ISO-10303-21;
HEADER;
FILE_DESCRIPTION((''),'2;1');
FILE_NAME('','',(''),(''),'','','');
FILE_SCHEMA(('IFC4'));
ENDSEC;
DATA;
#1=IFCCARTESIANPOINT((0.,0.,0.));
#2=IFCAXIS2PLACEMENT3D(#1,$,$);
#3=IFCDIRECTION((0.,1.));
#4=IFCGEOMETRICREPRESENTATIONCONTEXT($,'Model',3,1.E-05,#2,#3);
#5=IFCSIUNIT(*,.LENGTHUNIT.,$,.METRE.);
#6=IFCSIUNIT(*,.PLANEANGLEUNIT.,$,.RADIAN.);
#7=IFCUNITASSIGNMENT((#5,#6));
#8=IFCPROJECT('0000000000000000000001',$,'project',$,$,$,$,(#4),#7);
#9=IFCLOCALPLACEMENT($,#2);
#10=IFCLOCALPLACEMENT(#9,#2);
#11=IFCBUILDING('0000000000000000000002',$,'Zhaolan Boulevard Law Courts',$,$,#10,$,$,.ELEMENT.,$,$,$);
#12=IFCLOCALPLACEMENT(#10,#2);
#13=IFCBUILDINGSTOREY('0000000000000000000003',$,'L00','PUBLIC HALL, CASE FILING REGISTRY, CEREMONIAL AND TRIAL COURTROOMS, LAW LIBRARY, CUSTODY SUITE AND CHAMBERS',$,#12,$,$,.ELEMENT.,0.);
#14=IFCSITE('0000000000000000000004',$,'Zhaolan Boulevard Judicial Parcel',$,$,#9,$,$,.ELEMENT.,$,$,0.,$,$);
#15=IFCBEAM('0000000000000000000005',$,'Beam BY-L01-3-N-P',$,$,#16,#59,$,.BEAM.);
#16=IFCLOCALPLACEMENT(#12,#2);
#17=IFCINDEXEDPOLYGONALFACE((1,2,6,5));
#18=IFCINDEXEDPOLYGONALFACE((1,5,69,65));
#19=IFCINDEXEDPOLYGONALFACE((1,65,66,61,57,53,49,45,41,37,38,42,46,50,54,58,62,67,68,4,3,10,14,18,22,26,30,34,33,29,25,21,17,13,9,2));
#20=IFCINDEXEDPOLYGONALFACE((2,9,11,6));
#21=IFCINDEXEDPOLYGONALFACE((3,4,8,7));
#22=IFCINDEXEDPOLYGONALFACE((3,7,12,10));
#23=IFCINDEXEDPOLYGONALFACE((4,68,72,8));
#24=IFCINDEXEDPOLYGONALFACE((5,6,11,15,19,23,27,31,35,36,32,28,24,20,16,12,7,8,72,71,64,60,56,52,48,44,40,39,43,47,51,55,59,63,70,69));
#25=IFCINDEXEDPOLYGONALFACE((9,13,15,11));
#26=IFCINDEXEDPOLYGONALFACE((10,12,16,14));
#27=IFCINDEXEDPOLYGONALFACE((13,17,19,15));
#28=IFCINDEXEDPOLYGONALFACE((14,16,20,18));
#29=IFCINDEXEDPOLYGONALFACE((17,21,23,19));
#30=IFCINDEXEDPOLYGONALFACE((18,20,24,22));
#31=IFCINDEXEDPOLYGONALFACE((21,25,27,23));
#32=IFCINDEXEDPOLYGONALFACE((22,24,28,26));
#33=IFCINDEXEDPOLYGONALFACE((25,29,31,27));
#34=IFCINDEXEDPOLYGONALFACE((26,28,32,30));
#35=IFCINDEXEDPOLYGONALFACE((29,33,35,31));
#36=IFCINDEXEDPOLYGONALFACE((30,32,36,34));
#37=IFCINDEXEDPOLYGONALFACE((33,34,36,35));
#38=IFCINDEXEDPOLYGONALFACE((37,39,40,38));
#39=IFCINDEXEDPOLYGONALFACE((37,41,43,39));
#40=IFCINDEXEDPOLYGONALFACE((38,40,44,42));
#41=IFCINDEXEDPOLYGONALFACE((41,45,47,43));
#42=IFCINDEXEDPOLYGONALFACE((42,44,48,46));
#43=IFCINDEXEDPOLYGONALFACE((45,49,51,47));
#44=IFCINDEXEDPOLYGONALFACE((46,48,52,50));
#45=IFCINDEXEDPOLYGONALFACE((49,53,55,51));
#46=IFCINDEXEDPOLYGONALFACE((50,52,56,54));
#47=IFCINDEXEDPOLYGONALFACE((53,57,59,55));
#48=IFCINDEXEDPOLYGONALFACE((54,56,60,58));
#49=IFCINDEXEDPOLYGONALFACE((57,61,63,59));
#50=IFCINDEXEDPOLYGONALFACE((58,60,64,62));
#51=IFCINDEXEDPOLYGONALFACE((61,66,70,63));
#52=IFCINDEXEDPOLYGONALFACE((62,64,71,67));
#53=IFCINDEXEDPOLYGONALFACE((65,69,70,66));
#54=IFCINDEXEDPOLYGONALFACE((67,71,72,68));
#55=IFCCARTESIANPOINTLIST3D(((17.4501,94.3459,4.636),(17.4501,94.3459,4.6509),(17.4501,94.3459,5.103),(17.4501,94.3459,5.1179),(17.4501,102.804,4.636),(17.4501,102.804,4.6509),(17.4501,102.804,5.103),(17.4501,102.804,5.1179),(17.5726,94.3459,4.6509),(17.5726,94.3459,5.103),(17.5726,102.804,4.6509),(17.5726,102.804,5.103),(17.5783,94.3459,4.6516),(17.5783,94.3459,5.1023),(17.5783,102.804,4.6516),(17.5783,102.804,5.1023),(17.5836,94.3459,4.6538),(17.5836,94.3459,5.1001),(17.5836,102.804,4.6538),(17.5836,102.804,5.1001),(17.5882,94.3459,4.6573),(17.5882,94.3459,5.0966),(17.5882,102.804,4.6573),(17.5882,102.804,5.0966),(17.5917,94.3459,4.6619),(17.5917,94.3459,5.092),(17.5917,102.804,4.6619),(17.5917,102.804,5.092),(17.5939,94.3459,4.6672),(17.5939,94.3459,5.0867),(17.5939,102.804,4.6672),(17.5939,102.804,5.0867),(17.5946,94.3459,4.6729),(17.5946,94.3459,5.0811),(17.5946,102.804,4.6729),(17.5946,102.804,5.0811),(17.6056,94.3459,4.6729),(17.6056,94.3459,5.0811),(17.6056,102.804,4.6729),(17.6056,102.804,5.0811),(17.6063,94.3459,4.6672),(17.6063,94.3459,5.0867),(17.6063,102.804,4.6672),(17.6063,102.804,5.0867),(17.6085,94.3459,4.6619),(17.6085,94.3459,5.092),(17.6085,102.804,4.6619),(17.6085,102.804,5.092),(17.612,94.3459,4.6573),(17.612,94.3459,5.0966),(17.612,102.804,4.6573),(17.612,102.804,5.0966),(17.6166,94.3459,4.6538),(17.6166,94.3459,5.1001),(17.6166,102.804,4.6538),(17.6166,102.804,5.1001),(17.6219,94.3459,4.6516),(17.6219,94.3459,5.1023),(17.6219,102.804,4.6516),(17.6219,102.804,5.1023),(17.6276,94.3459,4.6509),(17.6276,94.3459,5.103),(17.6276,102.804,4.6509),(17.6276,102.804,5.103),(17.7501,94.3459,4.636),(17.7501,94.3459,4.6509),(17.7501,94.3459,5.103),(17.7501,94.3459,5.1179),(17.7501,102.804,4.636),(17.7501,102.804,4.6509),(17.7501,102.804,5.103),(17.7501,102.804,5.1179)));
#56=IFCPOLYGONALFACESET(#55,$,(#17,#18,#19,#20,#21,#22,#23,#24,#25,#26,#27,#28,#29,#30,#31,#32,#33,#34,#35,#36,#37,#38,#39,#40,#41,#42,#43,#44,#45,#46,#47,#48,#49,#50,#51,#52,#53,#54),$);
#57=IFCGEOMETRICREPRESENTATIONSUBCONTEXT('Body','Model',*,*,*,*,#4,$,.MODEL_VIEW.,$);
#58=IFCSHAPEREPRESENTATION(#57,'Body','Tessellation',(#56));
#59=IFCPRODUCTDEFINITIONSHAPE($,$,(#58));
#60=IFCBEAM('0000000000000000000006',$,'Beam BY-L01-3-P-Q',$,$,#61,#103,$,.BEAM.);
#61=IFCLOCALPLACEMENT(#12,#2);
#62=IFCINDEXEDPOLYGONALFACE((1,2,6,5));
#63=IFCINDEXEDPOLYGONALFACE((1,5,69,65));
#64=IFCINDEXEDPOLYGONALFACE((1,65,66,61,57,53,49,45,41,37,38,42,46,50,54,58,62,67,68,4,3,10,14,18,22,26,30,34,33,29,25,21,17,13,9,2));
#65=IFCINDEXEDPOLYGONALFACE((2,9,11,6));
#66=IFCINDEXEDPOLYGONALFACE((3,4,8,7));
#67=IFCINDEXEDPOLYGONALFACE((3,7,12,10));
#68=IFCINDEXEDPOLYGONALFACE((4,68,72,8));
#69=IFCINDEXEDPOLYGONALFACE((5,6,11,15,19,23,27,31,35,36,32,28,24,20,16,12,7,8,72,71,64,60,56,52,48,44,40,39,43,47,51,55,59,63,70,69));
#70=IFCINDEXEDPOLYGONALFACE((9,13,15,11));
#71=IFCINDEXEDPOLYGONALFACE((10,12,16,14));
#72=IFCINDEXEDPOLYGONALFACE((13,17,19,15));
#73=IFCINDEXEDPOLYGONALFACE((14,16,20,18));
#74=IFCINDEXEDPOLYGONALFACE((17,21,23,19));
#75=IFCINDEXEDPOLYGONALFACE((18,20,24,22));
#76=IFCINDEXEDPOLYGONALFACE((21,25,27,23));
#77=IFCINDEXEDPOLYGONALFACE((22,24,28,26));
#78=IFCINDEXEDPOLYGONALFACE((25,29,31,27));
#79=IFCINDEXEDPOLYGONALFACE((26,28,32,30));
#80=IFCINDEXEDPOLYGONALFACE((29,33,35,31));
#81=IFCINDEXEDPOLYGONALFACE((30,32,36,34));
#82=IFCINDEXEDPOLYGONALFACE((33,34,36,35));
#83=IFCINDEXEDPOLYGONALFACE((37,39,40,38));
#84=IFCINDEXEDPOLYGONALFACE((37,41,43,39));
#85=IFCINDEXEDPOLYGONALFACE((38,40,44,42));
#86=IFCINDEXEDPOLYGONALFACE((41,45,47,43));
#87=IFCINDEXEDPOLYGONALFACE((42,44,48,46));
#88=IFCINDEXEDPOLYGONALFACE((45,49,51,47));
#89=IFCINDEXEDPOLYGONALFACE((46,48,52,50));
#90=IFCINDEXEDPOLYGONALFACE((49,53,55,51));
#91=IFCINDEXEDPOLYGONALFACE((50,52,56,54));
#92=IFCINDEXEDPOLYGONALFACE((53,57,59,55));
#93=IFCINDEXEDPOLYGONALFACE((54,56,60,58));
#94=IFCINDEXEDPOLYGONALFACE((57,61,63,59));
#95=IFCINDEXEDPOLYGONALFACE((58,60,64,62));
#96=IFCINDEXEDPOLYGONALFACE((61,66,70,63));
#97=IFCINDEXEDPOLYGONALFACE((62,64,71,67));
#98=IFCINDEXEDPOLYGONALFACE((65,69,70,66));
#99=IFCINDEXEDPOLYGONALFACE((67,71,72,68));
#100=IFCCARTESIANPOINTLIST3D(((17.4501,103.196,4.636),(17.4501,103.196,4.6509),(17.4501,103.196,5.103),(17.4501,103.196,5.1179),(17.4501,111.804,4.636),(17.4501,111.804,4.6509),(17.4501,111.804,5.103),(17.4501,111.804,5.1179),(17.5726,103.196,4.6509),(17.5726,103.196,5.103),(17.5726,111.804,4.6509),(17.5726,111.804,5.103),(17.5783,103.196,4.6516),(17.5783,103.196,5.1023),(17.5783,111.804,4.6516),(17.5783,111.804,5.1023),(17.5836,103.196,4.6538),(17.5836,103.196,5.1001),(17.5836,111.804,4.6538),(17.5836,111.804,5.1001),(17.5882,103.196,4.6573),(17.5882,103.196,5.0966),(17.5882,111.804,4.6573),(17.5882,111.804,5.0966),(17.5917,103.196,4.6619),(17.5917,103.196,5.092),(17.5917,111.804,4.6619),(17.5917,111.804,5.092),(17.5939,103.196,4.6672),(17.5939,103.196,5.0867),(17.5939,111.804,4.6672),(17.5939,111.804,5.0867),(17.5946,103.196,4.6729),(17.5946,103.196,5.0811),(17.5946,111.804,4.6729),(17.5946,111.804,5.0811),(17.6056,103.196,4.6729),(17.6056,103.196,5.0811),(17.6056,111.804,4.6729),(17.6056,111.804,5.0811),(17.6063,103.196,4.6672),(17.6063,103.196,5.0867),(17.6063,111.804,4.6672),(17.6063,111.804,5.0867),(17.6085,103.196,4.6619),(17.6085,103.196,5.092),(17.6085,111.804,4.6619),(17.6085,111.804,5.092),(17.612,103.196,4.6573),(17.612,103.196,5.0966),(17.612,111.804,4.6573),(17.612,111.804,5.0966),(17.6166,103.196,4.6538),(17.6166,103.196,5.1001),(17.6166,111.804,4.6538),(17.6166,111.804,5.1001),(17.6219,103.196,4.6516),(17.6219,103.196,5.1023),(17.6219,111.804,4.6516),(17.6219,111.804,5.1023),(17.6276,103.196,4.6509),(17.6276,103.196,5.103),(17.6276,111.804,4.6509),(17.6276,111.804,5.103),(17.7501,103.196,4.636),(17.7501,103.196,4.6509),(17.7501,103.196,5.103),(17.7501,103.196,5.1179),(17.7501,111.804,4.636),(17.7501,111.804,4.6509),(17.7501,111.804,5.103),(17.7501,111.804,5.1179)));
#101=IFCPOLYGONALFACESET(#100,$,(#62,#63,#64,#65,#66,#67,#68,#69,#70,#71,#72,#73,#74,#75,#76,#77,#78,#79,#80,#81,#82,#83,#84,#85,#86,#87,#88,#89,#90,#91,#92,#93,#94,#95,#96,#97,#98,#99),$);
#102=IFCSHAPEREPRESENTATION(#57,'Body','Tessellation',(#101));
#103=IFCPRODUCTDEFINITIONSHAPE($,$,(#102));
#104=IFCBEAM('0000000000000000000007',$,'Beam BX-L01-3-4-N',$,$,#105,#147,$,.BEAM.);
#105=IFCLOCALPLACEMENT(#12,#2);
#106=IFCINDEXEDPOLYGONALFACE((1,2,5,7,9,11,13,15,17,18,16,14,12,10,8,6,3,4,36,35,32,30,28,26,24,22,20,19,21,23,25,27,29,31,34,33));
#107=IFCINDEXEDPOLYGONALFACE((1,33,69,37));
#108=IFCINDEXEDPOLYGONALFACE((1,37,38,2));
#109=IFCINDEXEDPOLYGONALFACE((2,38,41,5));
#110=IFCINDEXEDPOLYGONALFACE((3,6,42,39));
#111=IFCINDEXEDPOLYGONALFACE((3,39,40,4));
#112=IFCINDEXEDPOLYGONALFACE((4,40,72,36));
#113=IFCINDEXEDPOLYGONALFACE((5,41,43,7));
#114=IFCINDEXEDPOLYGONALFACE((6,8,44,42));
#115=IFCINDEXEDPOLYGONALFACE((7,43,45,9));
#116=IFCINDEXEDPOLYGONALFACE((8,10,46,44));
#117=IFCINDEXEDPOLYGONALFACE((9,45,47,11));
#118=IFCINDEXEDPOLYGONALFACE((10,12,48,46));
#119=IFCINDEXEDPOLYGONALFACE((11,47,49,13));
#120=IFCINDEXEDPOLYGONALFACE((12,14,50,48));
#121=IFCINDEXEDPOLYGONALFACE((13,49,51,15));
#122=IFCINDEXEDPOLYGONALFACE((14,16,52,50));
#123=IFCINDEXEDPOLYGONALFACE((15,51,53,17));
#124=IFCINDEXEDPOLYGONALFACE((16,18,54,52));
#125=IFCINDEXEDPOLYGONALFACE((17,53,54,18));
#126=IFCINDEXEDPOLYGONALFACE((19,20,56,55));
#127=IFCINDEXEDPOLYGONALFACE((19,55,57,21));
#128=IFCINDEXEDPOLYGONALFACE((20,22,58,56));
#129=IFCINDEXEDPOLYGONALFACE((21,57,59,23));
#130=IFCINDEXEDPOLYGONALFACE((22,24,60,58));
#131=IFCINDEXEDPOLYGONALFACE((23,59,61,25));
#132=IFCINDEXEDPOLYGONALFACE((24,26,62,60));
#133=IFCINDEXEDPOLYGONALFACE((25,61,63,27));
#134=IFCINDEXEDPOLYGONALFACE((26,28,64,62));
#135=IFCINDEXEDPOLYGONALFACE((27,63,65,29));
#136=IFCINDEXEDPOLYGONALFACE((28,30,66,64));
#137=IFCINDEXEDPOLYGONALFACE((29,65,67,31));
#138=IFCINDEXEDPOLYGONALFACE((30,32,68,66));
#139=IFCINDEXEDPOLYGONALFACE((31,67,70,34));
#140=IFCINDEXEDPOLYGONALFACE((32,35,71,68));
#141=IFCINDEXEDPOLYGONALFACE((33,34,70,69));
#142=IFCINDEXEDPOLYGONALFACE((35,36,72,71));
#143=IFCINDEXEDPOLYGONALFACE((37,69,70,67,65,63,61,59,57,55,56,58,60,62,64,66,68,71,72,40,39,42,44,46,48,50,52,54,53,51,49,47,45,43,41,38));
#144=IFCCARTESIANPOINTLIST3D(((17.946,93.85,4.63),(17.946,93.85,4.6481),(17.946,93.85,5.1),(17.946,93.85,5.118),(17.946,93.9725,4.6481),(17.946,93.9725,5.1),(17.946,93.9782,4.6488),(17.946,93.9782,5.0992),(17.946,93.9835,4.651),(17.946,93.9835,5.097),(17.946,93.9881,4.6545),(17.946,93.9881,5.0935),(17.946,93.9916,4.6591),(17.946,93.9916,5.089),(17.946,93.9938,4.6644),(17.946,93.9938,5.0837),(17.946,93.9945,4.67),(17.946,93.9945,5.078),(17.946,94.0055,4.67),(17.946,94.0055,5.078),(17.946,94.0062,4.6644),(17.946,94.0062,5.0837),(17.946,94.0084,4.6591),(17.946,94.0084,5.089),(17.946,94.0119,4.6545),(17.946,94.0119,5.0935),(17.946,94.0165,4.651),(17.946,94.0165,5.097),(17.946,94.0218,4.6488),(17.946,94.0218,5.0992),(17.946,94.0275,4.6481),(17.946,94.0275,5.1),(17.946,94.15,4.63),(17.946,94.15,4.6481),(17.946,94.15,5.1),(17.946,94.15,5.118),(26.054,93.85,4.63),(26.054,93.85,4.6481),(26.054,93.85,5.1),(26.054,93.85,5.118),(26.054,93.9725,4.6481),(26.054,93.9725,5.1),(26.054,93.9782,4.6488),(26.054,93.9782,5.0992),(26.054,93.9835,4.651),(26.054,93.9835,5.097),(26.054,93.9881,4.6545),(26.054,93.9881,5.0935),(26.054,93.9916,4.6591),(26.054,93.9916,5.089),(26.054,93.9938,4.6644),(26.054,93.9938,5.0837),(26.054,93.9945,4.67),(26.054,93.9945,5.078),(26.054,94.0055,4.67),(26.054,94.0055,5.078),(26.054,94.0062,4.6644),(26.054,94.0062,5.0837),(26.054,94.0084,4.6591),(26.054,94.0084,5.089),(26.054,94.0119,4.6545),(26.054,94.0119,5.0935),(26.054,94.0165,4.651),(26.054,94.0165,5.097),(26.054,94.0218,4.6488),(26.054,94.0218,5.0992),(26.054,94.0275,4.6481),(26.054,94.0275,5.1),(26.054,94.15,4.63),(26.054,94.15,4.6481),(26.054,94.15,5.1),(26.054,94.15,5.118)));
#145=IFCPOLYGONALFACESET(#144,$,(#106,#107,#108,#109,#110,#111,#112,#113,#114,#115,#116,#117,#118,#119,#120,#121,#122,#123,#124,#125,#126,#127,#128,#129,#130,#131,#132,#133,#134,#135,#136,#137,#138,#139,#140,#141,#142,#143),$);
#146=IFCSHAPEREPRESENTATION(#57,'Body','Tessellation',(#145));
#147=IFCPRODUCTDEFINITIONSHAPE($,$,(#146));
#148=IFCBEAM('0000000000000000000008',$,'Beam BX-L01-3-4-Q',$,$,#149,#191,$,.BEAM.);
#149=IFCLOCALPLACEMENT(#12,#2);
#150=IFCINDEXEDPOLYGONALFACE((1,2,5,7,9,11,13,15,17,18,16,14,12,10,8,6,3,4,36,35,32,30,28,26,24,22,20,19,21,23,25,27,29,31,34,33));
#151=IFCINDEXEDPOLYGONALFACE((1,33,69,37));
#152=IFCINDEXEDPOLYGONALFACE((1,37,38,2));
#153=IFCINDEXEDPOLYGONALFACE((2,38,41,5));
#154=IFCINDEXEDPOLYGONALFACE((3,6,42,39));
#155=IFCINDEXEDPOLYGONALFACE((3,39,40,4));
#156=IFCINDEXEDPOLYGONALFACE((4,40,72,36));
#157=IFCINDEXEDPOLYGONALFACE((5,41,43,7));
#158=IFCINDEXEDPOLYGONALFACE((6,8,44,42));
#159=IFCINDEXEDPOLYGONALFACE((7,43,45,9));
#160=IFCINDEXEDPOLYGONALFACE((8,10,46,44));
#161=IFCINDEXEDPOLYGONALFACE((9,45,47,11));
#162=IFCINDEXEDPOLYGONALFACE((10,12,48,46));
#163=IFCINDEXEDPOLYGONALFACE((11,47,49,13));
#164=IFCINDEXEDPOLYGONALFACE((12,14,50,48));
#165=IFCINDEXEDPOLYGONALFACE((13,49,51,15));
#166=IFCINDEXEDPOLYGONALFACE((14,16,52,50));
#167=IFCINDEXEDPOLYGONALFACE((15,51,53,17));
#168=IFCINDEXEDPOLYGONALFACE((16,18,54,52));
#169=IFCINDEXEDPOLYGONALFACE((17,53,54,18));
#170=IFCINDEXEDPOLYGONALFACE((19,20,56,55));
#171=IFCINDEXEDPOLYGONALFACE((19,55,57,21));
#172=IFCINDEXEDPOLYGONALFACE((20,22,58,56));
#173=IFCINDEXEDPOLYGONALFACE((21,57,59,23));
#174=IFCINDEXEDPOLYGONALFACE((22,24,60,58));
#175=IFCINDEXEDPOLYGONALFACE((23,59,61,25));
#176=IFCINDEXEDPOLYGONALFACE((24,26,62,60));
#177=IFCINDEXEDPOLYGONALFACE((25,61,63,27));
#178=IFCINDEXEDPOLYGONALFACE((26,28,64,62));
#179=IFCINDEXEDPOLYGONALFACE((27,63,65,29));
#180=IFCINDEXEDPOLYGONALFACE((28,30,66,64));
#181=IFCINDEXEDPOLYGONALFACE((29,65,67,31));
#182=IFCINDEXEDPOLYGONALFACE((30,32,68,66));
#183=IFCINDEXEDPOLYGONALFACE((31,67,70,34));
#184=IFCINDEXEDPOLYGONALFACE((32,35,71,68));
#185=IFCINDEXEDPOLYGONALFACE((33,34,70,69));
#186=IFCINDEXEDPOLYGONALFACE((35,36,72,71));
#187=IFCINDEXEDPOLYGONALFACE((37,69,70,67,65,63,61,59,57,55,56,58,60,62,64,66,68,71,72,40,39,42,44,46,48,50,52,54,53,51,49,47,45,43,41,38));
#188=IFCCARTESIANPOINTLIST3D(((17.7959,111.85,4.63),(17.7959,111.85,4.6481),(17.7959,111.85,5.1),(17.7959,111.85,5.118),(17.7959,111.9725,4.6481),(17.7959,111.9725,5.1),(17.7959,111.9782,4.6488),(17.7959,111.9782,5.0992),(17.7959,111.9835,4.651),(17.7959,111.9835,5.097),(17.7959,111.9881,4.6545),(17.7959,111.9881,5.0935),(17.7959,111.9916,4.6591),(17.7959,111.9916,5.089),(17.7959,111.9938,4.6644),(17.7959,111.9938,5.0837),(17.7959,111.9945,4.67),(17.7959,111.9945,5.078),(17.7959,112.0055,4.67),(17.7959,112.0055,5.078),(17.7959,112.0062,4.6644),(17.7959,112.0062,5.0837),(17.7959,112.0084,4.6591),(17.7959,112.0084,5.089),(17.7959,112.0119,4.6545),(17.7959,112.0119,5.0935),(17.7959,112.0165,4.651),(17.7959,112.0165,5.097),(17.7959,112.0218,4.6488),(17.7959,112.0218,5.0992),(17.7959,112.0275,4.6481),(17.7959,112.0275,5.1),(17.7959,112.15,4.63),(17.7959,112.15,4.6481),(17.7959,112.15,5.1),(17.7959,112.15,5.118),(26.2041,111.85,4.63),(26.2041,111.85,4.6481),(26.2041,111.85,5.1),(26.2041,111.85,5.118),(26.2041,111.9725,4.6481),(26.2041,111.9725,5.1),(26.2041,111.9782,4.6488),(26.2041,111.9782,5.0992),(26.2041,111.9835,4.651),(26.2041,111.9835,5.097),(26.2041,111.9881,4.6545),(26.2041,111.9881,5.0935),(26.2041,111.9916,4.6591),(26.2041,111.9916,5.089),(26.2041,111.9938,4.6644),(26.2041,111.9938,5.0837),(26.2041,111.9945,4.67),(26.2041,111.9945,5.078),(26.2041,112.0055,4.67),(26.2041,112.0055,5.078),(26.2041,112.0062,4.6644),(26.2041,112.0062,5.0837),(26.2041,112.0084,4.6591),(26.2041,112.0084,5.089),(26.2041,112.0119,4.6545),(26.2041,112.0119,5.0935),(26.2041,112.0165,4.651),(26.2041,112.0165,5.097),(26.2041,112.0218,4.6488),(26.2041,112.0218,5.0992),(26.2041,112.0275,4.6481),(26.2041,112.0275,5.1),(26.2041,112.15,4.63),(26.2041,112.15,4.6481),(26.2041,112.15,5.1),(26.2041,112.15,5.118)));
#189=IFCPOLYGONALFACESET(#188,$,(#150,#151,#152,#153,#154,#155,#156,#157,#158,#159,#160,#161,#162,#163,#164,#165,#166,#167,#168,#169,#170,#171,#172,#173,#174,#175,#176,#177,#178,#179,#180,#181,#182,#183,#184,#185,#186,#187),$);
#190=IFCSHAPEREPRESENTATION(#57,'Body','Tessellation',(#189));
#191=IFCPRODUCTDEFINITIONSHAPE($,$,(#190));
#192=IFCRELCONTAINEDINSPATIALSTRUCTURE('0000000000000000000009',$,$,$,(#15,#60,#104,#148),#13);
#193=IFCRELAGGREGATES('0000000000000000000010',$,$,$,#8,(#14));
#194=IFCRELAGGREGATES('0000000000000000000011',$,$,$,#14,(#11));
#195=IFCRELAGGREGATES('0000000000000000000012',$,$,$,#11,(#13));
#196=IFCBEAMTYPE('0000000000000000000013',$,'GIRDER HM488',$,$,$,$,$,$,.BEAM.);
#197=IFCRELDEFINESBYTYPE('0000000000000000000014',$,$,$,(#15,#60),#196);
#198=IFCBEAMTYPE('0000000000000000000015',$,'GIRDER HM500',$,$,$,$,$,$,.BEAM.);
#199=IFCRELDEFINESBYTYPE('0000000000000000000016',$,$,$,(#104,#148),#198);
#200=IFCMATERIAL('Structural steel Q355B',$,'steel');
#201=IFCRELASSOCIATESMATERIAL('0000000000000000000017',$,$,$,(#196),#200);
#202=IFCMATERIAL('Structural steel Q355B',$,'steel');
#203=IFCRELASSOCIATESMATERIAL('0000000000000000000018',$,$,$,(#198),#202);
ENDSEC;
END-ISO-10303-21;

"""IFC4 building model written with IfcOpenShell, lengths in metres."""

from ifc_helpers import new_model, si_unit, direction, frame, origin, origin_2d, place, context, subcontext, project, spatial, i_section, extrude, material, material_profile, profile_set, type_object, element, save


model = new_model("IFC4")

# Units and contexts
model_context = context("Model", 3, precision=1e-05, world=origin(), true_north=direction((0.0, 1.0)))
body_context = subcontext(model_context, "Body", "Model", "MODEL_VIEW")
ifc_project = project(units=[si_unit("LENGTHUNIT", "METRE"), si_unit("PLANEANGLEUNIT", "RADIAN")], contexts=[model_context])

# Site, building, storey
site_placement = place(None, origin())
site = spatial("IfcSite", under=ifc_project, at=site_placement, Name="Zhaolan Boulevard Judicial Parcel", CompositionType="ELEMENT", RefElevation=0.0)
building_placement = place(site_placement, origin())
building = spatial("IfcBuilding", under=site, at=building_placement, Name="Zhaolan Boulevard Law Courts", CompositionType="ELEMENT")
storey_placement = place(building_placement, origin())
storey = spatial("IfcBuildingStorey", under=building, at=storey_placement, Name="L00", Description="PUBLIC HALL, CASE FILING REGISTRY, CEREMONIAL AND TRIAL COURTROOMS, LAW LIBRARY, CUSTODY SUITE AND CHAMBERS", CompositionType="ELEMENT", Elevation=0.0)

# Beams
ifc_material_1 = material(Name="Structural steel Q355B", Category="steel")
ifc_material_profile_1 = material_profile(ifc_material_1, i_section(OverallWidth=0.3, OverallDepth=0.4819, WebThickness=0.011, FlangeThickness=0.0149, FilletRadius=0.022, at=origin_2d()), Name="HM482x300")
ifc_profile_set_1 = profile_set([ifc_material_profile_1], Name="Structural steel Q355B")
beam_type_1 = type_object("IfcBeamType", Name="GIRDER HM488", PredefinedType="BEAM", material=ifc_profile_set_1)
beam_1_placement = place(storey_placement, frame((17.6001, 94.3459, 4.877), z_axis=(0.0, 1.0, 0.0), x_axis=(-1.0, 0.0, 0.0)))
element("IfcBeam", 1, at=beam_1_placement, inside=storey, type_object=beam_type_1, Name="Beam BY-L01-3-N-P", PredefinedType="BEAM", context=body_context, shape_type="SweptSolid", body=[
    extrude(i_section(OverallWidth=0.3, OverallDepth=0.4819, WebThickness=0.011, FlangeThickness=0.0149, FilletRadius=0.022, at=origin_2d()), origin(), (0.0, 0.0, 1.0), 8.458),
])
beam_2_placement = place(storey_placement, frame((17.6001, 103.196, 4.877), z_axis=(0.0, 1.0, 0.0), x_axis=(-1.0, 0.0, 0.0)))
element("IfcBeam", 2, at=beam_2_placement, inside=storey, type_object=beam_type_1, Name="Beam BY-L01-3-P-Q", PredefinedType="BEAM", context=body_context, shape_type="SweptSolid", body=[
    extrude(i_section(OverallWidth=0.3, OverallDepth=0.4819, WebThickness=0.011, FlangeThickness=0.0149, FilletRadius=0.022, at=origin_2d()), origin(), (0.0, 0.0, 1.0), 8.6079),
])
ifc_material_2 = material(Name="Structural steel Q355B", Category="steel")
ifc_material_profile_2 = material_profile(ifc_material_2, i_section(OverallWidth=0.3, OverallDepth=0.488, WebThickness=0.011, FlangeThickness=0.0181, FilletRadius=0.022, at=origin_2d()), Name="HM488x300")
ifc_profile_set_2 = profile_set([ifc_material_profile_2], Name="Structural steel Q355B")
beam_type_2 = type_object("IfcBeamType", Name="GIRDER HM500", PredefinedType="BEAM", material=ifc_profile_set_2)
beam_3_placement = place(storey_placement, frame((17.946, 94.0, 4.874), z_axis=(1.0, 0.0, 0.0), x_axis=(0.0, 1.0, 0.0)))
element("IfcBeam", 3, at=beam_3_placement, inside=storey, type_object=beam_type_2, Name="Beam BX-L01-3-4-N", PredefinedType="BEAM", context=body_context, shape_type="SweptSolid", body=[
    extrude(i_section(OverallWidth=0.3, OverallDepth=0.488, WebThickness=0.011, FlangeThickness=0.0181, FilletRadius=0.022, at=origin_2d()), origin(), (0.0, 0.0, 1.0), 8.1079),
])
beam_4_placement = place(storey_placement, frame((17.7959, 112.0, 4.874), z_axis=(1.0, 0.0, 0.0), x_axis=(0.0, 1.0, 0.0)))
element("IfcBeam", 4, at=beam_4_placement, inside=storey, type_object=beam_type_2, Name="Beam BX-L01-3-4-Q", PredefinedType="BEAM", context=body_context, shape_type="SweptSolid", body=[
    extrude(i_section(OverallWidth=0.3, OverallDepth=0.488, WebThickness=0.011, FlangeThickness=0.0181, FilletRadius=0.022, at=origin_2d()), origin(), (0.0, 0.0, 1.0), 8.4082),
])

save(model, "model.ifc")
